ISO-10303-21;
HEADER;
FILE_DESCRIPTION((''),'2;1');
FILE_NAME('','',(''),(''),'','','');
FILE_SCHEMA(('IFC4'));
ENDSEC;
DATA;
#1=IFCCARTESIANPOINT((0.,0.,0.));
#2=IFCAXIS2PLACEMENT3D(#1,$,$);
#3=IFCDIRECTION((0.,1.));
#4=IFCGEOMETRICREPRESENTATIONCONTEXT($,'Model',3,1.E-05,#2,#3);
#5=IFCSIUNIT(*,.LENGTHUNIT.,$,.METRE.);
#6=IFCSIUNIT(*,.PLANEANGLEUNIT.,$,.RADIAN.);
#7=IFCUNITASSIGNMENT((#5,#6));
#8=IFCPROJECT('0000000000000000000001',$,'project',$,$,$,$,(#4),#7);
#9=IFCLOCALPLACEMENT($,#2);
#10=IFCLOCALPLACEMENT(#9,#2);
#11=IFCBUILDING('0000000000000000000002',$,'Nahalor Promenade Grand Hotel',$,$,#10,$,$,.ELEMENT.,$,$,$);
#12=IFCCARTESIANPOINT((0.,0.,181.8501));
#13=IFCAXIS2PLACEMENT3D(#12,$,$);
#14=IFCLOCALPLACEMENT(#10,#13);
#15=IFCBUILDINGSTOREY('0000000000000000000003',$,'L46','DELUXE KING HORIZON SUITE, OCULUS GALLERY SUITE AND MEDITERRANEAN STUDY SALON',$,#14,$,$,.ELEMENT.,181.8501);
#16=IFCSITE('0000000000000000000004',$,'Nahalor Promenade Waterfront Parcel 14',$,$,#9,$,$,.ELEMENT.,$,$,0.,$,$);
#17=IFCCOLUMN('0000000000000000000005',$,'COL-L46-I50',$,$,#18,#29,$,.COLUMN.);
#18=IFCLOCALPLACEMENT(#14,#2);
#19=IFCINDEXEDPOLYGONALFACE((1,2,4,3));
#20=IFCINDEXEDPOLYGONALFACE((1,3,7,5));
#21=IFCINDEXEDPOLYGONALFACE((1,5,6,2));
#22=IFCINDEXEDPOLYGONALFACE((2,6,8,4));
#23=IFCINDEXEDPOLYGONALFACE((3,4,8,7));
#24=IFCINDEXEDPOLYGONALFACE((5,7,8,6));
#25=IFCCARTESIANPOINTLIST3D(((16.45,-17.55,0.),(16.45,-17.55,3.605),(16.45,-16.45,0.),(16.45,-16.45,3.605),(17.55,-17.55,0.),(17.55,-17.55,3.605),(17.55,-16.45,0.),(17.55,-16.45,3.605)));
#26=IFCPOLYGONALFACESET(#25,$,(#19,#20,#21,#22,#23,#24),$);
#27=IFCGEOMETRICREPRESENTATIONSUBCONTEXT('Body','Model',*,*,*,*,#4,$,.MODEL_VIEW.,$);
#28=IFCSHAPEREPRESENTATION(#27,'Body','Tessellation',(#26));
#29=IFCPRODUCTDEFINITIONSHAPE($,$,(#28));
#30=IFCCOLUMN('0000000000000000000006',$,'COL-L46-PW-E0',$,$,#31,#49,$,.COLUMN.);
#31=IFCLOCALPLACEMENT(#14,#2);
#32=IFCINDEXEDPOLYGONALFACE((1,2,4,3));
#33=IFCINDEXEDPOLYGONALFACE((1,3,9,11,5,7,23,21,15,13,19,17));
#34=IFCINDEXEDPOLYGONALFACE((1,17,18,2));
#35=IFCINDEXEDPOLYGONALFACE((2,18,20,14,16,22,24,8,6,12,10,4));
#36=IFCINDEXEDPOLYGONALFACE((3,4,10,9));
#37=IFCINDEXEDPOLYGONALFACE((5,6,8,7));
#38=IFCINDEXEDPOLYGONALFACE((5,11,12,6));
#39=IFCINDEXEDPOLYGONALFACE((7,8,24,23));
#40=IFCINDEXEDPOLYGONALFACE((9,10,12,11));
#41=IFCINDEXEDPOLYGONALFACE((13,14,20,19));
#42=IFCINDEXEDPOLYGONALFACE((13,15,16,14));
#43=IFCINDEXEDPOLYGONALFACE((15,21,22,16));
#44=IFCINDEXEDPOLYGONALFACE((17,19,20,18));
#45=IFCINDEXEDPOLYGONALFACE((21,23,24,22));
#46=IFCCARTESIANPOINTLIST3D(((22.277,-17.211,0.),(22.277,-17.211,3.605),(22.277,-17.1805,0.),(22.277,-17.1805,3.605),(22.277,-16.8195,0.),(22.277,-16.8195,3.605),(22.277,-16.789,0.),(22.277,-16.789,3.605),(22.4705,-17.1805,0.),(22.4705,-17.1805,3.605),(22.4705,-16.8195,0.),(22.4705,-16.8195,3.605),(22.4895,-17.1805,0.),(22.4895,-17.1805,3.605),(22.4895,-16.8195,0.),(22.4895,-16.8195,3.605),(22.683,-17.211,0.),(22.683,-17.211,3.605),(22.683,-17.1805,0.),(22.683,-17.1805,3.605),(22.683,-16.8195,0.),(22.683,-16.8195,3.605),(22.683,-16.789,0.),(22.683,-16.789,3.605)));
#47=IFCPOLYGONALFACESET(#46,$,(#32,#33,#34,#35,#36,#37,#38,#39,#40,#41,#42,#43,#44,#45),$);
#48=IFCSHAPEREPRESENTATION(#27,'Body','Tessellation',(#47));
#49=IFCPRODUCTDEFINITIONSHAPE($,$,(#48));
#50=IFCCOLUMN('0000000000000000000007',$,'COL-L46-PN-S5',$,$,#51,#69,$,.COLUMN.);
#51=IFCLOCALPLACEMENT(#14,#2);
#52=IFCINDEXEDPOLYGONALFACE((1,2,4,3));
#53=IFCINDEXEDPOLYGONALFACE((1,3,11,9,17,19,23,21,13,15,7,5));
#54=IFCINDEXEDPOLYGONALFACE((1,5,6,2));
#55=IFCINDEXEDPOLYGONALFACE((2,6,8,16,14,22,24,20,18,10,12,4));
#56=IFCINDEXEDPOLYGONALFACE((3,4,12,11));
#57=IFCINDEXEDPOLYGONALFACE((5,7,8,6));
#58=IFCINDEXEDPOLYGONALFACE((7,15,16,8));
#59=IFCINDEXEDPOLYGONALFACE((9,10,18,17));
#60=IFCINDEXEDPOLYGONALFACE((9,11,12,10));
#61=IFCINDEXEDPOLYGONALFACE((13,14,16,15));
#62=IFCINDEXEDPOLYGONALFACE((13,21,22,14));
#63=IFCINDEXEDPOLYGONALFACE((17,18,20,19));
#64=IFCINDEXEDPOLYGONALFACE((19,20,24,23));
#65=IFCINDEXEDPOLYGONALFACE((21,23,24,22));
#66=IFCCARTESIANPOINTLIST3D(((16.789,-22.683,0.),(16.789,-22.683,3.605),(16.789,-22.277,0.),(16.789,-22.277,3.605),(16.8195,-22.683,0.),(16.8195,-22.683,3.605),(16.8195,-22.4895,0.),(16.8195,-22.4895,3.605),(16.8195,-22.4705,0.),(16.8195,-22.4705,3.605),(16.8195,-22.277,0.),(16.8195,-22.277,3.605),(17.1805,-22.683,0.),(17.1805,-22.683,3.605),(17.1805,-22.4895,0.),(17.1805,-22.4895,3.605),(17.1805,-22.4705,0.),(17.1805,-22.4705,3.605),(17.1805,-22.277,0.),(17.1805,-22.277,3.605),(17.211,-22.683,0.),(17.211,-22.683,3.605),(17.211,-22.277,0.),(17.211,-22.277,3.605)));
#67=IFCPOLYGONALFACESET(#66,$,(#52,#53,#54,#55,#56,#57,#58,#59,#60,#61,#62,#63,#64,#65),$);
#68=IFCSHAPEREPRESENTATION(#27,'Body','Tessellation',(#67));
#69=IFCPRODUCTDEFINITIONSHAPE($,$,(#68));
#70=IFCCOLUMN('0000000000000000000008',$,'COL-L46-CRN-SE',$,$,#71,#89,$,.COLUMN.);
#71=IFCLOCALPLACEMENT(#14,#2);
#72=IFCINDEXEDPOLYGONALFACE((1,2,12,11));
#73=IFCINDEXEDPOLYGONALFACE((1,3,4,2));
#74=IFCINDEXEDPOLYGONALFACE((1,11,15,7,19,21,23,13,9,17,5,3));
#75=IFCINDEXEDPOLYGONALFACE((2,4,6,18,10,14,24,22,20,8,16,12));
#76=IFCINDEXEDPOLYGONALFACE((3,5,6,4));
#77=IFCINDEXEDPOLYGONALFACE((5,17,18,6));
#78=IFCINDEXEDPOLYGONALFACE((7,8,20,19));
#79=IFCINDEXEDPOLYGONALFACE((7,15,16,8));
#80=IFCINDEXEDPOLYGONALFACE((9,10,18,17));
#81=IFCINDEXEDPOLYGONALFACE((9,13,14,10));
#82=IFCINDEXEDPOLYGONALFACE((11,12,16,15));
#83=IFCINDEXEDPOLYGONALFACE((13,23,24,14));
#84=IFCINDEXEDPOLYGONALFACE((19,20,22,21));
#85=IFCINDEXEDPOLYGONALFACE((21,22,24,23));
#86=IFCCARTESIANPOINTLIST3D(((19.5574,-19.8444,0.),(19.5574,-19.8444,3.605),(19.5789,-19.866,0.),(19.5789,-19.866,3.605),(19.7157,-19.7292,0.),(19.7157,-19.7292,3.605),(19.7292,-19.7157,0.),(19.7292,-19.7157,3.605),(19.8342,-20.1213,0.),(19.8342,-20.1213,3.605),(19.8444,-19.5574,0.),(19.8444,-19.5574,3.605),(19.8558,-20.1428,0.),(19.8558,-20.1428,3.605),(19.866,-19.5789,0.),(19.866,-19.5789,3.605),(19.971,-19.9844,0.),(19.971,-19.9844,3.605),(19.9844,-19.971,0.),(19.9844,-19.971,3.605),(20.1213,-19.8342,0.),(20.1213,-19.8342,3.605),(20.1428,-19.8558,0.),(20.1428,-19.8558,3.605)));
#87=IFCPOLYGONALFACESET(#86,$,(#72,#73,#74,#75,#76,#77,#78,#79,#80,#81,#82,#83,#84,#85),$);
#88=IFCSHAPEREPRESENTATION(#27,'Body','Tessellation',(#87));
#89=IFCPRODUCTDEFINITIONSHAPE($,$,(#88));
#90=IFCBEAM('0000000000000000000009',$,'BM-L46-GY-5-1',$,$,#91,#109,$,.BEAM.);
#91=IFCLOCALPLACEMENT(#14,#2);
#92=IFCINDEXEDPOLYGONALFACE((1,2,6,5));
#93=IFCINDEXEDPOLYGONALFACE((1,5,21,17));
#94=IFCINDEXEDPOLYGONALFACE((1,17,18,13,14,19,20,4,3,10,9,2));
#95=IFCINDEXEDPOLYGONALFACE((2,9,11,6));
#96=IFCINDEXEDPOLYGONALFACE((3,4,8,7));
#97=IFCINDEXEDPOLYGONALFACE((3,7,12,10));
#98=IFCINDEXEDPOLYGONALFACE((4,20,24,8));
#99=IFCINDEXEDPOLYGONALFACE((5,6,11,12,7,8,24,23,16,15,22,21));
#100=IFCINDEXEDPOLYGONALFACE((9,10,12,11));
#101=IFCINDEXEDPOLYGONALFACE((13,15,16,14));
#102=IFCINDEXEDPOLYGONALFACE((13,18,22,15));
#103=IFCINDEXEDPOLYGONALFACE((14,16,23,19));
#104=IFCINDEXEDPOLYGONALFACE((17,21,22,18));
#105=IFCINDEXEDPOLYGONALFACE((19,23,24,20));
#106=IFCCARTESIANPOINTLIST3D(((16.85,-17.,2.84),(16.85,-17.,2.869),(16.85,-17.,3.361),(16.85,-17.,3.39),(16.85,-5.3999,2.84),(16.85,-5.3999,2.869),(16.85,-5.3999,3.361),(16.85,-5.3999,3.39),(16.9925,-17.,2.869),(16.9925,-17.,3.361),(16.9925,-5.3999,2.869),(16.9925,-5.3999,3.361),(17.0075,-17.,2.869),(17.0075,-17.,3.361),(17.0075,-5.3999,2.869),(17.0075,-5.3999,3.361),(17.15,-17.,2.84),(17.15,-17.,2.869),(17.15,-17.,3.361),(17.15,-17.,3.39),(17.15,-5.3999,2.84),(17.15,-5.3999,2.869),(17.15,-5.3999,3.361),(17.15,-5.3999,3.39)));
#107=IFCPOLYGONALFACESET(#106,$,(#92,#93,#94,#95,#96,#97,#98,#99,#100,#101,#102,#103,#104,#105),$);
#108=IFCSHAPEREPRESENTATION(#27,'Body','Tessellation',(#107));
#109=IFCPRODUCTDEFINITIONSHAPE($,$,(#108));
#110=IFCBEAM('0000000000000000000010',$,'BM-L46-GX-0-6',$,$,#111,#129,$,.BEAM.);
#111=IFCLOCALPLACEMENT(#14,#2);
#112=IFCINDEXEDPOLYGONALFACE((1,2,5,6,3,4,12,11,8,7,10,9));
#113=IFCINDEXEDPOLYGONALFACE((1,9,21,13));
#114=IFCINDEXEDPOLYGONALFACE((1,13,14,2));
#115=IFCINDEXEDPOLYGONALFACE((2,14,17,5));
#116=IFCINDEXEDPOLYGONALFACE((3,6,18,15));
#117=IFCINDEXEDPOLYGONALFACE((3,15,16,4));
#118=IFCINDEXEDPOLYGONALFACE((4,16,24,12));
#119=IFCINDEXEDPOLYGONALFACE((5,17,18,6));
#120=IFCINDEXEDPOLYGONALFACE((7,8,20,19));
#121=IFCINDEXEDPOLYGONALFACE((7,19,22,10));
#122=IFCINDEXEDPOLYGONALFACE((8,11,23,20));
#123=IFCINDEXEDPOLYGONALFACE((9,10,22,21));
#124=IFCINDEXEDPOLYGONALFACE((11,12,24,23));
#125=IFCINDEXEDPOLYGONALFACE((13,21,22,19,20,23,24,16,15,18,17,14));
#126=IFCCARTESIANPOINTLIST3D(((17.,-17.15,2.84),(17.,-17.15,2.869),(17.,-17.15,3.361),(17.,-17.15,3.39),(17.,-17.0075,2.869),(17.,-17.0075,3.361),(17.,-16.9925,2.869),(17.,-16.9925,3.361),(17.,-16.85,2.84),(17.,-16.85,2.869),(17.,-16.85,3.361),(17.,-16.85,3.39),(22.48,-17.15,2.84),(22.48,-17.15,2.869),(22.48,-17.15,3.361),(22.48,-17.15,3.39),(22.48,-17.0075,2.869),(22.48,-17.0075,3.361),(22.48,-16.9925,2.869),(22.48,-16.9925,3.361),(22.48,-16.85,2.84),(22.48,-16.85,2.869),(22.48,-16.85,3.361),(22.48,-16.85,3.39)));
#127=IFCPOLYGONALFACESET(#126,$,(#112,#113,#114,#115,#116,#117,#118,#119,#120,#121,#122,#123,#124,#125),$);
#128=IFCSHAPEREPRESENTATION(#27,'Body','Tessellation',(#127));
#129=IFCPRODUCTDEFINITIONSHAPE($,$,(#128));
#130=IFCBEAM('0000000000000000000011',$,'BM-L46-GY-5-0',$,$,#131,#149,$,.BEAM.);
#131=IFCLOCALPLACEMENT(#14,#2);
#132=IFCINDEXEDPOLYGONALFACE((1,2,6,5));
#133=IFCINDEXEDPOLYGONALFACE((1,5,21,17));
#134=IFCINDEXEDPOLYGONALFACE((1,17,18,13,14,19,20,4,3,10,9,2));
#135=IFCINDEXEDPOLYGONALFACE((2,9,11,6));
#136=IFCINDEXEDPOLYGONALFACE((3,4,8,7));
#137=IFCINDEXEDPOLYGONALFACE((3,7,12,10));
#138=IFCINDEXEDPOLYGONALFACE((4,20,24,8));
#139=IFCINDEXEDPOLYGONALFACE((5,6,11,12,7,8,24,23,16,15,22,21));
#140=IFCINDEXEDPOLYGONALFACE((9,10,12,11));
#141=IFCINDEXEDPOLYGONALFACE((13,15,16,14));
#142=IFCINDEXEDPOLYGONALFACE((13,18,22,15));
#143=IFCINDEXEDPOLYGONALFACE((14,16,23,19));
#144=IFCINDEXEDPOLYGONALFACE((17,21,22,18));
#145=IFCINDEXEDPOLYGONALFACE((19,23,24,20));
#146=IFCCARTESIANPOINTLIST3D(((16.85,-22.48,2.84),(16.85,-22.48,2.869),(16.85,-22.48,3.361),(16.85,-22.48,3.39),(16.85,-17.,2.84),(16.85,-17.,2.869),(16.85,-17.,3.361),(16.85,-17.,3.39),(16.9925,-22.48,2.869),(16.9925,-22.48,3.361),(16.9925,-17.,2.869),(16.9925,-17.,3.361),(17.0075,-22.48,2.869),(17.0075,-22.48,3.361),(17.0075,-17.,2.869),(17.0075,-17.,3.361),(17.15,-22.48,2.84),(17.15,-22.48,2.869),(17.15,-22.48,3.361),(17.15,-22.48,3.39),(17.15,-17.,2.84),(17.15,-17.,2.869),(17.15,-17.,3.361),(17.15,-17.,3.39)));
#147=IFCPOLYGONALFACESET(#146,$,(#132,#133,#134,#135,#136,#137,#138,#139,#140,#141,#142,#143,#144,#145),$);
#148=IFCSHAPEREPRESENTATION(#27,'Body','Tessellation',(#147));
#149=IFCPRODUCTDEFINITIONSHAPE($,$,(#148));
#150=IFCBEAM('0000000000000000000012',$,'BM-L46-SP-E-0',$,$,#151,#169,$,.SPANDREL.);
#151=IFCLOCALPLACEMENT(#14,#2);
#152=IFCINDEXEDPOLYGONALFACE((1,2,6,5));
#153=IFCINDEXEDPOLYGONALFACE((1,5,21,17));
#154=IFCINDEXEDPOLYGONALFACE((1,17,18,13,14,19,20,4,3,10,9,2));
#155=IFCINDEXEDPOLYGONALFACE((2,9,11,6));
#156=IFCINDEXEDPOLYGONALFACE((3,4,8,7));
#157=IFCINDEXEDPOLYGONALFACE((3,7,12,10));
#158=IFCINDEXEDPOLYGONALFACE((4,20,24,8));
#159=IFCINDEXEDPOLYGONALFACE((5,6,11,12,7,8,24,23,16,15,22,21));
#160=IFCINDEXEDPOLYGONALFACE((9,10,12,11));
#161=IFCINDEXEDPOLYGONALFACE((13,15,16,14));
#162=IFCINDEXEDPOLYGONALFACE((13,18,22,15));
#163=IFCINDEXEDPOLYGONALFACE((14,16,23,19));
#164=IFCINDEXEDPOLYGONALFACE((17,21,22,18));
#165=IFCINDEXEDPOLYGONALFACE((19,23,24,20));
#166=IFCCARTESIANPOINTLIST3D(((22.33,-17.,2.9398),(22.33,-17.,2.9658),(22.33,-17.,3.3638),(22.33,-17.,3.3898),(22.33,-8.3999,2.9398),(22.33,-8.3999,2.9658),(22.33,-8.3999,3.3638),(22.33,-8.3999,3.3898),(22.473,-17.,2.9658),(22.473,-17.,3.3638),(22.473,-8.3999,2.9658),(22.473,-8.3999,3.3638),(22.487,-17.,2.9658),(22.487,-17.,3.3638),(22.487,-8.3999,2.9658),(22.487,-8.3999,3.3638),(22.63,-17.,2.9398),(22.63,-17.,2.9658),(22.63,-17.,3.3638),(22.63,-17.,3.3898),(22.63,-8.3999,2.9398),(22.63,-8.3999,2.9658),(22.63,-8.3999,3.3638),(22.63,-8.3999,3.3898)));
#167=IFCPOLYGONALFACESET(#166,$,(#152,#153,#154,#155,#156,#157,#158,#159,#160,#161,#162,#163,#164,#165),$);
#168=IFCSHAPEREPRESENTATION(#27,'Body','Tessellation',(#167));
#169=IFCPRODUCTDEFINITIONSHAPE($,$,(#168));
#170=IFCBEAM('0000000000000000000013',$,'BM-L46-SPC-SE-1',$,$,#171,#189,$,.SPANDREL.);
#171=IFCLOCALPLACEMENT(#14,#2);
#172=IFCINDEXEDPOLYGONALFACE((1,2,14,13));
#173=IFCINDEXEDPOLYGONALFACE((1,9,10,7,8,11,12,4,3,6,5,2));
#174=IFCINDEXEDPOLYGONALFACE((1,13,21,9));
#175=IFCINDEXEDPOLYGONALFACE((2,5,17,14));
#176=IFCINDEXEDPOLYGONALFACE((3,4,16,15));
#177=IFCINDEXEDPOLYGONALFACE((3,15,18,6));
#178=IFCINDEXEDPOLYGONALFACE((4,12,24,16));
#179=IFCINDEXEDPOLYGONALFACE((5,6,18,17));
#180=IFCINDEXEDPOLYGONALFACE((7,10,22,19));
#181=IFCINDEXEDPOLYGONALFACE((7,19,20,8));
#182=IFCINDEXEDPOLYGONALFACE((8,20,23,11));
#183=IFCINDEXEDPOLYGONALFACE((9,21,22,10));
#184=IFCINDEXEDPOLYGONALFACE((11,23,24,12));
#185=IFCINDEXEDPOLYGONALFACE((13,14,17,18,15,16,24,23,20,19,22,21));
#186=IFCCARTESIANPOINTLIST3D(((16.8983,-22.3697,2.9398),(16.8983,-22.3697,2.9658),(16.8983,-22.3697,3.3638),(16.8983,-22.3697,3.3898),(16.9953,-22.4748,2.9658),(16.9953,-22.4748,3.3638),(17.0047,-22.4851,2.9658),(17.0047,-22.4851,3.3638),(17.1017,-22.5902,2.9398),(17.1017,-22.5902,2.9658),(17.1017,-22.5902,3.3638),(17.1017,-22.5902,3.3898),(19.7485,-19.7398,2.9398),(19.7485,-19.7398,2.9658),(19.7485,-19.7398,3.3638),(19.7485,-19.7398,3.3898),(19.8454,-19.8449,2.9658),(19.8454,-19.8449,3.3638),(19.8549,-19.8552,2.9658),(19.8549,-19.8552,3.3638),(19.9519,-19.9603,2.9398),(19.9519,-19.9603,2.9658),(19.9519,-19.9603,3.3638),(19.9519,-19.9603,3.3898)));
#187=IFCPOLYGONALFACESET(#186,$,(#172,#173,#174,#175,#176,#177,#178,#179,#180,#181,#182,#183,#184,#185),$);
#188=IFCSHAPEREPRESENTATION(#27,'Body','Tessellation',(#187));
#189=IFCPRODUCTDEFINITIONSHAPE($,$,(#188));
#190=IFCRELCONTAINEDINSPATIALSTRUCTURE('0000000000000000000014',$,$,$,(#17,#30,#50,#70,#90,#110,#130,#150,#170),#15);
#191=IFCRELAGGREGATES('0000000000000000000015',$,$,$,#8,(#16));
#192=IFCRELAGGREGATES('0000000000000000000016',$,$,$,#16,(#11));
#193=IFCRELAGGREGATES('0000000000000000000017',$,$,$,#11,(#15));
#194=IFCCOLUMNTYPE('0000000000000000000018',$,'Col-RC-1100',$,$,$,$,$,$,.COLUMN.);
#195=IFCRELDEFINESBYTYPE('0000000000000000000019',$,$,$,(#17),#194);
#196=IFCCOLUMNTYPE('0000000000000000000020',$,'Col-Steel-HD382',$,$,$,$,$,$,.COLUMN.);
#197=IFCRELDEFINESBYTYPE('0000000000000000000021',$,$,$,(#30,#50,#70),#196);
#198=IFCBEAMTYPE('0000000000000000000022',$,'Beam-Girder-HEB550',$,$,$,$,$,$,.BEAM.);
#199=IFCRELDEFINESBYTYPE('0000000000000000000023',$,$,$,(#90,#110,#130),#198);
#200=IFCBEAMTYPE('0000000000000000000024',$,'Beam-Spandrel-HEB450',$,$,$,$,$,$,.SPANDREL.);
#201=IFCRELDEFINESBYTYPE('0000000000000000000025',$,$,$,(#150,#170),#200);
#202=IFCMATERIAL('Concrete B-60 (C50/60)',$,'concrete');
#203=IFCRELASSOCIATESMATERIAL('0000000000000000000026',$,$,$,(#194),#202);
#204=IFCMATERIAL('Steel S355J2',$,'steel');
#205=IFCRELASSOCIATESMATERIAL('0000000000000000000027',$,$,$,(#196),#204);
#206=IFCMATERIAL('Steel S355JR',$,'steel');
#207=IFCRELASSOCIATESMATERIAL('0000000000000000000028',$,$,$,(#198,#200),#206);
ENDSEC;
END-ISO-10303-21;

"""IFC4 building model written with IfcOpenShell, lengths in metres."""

from ifc_helpers import new_model, si_unit, direction, frame, origin, origin_2d, place, context, subcontext, project, spatial, rectangle, i_section, extrude, source, transform, mapped, material, material_profile, profile_set, type_object, element, save


model = new_model("IFC4")

# Units and contexts
model_context = context("Model", 3, precision=1e-05, world=origin(), true_north=direction((0.0, 1.0)))
body_context = subcontext(model_context, "Body", "Model", "MODEL_VIEW")
ifc_project = project(units=[si_unit("LENGTHUNIT", "METRE"), si_unit("PLANEANGLEUNIT", "RADIAN")], contexts=[model_context])

# Site, building, storey
site_placement = place(None, origin())
site = spatial("IfcSite", under=ifc_project, at=site_placement, Name="Nahalor Promenade Waterfront Parcel 14", CompositionType="ELEMENT", RefElevation=0.0)
building_placement = place(site_placement, origin())
building = spatial("IfcBuilding", under=site, at=building_placement, Name="Nahalor Promenade Grand Hotel", CompositionType="ELEMENT")
storey_placement = place(building_placement, frame((0.0, 0.0, 181.8501)))
storey = spatial("IfcBuildingStorey", under=building, at=storey_placement, Name="L46", Description="DELUXE KING HORIZON SUITE, OCULUS GALLERY SUITE AND MEDITERRANEAN STUDY SALON", CompositionType="ELEMENT", Elevation=181.8501)

# Columns
ifc_material_1 = material(Name="Concrete B-60 (C50/60)", Category="concrete")
ifc_material_profile_1 = material_profile(ifc_material_1, rectangle(XDim=1.1, YDim=1.1, at=origin_2d()), Name="RC 1100x1100")
ifc_profile_set_1 = profile_set([ifc_material_profile_1], Name="Concrete B-60 (C50/60)")
column_type_1 = type_object("IfcColumnType", Name="Col-RC-1100", PredefinedType="COLUMN", material=ifc_profile_set_1)
shared_shape_1 = source(origin(), body_context, "Body", "SweptSolid", [
    extrude(rectangle(XDim=1.1, YDim=1.1, at=origin_2d()), origin(), (0.0, 0.0, 1.0), 3.605),
])
column_placement = place(storey_placement, frame((17.0, -17.0, 0.0), z_axis=(0.0, 0.0, 1.0), x_axis=(1.0, 0.0, 0.0)))
element("IfcColumn", 1, at=column_placement, inside=storey, type_object=column_type_1, Name="COL-L46-I50", PredefinedType="COLUMN", context=body_context, shape_type="MappedRepresentation", body=[
    mapped(shared_shape_1, transform((0.0, 0.0, 0.0), scale=1.0)),
])
ifc_material_2 = material(Name="Steel S355J2", Category="steel")
ifc_material_profile_2 = material_profile(ifc_material_2, i_section(OverallWidth=0.406, OverallDepth=0.422, WebThickness=0.019, FlangeThickness=0.0305, at=origin_2d()), Name="HD 400x382")
ifc_profile_set_2 = profile_set([ifc_material_profile_2], Name="Steel S355J2")
column_type_2 = type_object("IfcColumnType", Name="Col-Steel-HD382", PredefinedType="COLUMN", material=ifc_profile_set_2)
shared_shape_2 = source(origin(), body_context, "Body", "SweptSolid", [
    extrude(i_section(OverallWidth=0.406, OverallDepth=0.422, WebThickness=0.019, FlangeThickness=0.0305, at=origin_2d()), origin(), (0.0, 0.0, 1.0), 3.605),
])
for number, where, z_axis, x_axis, name in (
    (2, (22.48, -17.0, 0.0), (0.0, 0.0, 1.0), (1.0, 0.0, 0.0), "COL-L46-PW-E0"),
    (3, (17.0, -22.48, 0.0), (0.0, 0.0, 1.0), (0.0, 1.0, 0.0), "COL-L46-PN-S5"),
    (4, (19.8501, -19.8501, 0.0), (0.0, 0.0, 1.0), (0.707107, 0.707107, 0.0), "COL-L46-CRN-SE"),
):
    element("IfcColumn", number, at=place(storey_placement, frame(where, z_axis=z_axis, x_axis=x_axis)), inside=storey, type_object=column_type_2, Name=name, PredefinedType="COLUMN", context=body_context, shape_type="MappedRepresentation", body=[
        mapped(shared_shape_2, transform((0.0, 0.0, 0.0), scale=1.0)),
    ])

# Beams
ifc_material_3 = material(Name="Steel S355JR", Category="steel")
ifc_material_profile_3 = material_profile(ifc_material_3, i_section(OverallWidth=0.3, OverallDepth=0.55, WebThickness=0.015, FlangeThickness=0.029, at=origin_2d()), Name="HEB 550")
ifc_profile_set_3 = profile_set([ifc_material_profile_3], Name="Steel S355JR")
beam_type_1 = type_object("IfcBeamType", Name="Beam-Girder-HEB550", PredefinedType="BEAM", material=ifc_profile_set_3)
shared_shape_3 = source(origin(), body_context, "Body", "SweptSolid", [
    extrude(i_section(OverallWidth=0.3, OverallDepth=0.55, WebThickness=0.015, FlangeThickness=0.029, at=origin_2d()), origin(), (0.0, 0.0, 1.0), 11.6001),
])
beam_1_placement = place(storey_placement, frame((17.0, -17.0, 3.115), z_axis=(0.0, 1.0, 0.0), x_axis=(-1.0, 0.0, 0.0)))
element("IfcBeam", 5, at=beam_1_placement, inside=storey, type_object=beam_type_1, Name="BM-L46-GY-5-1", PredefinedType="BEAM", context=body_context, shape_type="MappedRepresentation", body=[
    mapped(shared_shape_3, transform((0.0, 0.0, 0.0), scale=1.0)),
])
shared_shape_4 = source(origin(), body_context, "Body", "SweptSolid", [
    extrude(i_section(OverallWidth=0.3, OverallDepth=0.55, WebThickness=0.015, FlangeThickness=0.029, at=origin_2d()), origin(), (0.0, 0.0, 1.0), 5.48),
])
for number, where, z_axis, x_axis, name in (
    (6, (17.0, -17.0, 3.115), (1.0, 0.0, 0.0), (0.0, 1.0, 0.0), "BM-L46-GX-0-6"),
    (7, (17.0, -22.48, 3.115), (0.0, 1.0, 0.0), (-1.0, 0.0, 0.0), "BM-L46-GY-5-0"),
):
    element("IfcBeam", number, at=place(storey_placement, frame(where, z_axis=z_axis, x_axis=x_axis)), inside=storey, type_object=beam_type_1, Name=name, PredefinedType="BEAM", context=body_context, shape_type="MappedRepresentation", body=[
        mapped(shared_shape_4, transform((0.0, 0.0, 0.0), scale=1.0)),
    ])
ifc_material_profile_4 = material_profile(ifc_material_3, i_section(OverallWidth=0.3, OverallDepth=0.45, WebThickness=0.014, FlangeThickness=0.026, at=origin_2d()), Name="HEB 450")
ifc_profile_set_4 = profile_set([ifc_material_profile_4], Name="Steel S355JR")
beam_type_2 = type_object("IfcBeamType", Name="Beam-Spandrel-HEB450", PredefinedType="SPANDREL", material=ifc_profile_set_4)
shared_shape_5 = source(origin(), body_context, "Body", "SweptSolid", [
    extrude(i_section(OverallWidth=0.3, OverallDepth=0.45, WebThickness=0.014, FlangeThickness=0.026, at=origin_2d()), origin(), (0.0, 0.0, 1.0), 8.6001),
])
beam_2_placement = place(storey_placement, frame((22.48, -17.0, 3.1648), z_axis=(0.0, 1.0, 0.0), x_axis=(-1.0, 0.0, 0.0)))
element("IfcBeam", 8, at=beam_2_placement, inside=storey, type_object=beam_type_2, Name="BM-L46-SP-E-0", PredefinedType="SPANDREL", context=body_context, shape_type="MappedRepresentation", body=[
    mapped(shared_shape_5, transform((0.0, 0.0, 0.0), scale=1.0)),
])
shared_shape_6 = source(origin(), body_context, "Body", "SweptSolid", [
    extrude(i_section(OverallWidth=0.3, OverallDepth=0.45, WebThickness=0.014, FlangeThickness=0.026, at=origin_2d()), origin(), (0.0, 0.0, 1.0), 3.8782),
])
for number, where, z_axis, x_axis, name in (
    (9, (17.0, -22.48, 3.1648), (0.734929, 0.678144, 0.0), (-0.678144, 0.734929, 0.0), "BM-L46-SPC-SE-1"),
):
    element("IfcBeam", number, at=place(storey_placement, frame(where, z_axis=z_axis, x_axis=x_axis)), inside=storey, type_object=beam_type_2, Name=name, PredefinedType="SPANDREL", context=body_context, shape_type="MappedRepresentation", body=[
        mapped(shared_shape_6, transform((0.0, 0.0, 0.0), scale=1.0)),
    ])

save(model, "model.ifc")
